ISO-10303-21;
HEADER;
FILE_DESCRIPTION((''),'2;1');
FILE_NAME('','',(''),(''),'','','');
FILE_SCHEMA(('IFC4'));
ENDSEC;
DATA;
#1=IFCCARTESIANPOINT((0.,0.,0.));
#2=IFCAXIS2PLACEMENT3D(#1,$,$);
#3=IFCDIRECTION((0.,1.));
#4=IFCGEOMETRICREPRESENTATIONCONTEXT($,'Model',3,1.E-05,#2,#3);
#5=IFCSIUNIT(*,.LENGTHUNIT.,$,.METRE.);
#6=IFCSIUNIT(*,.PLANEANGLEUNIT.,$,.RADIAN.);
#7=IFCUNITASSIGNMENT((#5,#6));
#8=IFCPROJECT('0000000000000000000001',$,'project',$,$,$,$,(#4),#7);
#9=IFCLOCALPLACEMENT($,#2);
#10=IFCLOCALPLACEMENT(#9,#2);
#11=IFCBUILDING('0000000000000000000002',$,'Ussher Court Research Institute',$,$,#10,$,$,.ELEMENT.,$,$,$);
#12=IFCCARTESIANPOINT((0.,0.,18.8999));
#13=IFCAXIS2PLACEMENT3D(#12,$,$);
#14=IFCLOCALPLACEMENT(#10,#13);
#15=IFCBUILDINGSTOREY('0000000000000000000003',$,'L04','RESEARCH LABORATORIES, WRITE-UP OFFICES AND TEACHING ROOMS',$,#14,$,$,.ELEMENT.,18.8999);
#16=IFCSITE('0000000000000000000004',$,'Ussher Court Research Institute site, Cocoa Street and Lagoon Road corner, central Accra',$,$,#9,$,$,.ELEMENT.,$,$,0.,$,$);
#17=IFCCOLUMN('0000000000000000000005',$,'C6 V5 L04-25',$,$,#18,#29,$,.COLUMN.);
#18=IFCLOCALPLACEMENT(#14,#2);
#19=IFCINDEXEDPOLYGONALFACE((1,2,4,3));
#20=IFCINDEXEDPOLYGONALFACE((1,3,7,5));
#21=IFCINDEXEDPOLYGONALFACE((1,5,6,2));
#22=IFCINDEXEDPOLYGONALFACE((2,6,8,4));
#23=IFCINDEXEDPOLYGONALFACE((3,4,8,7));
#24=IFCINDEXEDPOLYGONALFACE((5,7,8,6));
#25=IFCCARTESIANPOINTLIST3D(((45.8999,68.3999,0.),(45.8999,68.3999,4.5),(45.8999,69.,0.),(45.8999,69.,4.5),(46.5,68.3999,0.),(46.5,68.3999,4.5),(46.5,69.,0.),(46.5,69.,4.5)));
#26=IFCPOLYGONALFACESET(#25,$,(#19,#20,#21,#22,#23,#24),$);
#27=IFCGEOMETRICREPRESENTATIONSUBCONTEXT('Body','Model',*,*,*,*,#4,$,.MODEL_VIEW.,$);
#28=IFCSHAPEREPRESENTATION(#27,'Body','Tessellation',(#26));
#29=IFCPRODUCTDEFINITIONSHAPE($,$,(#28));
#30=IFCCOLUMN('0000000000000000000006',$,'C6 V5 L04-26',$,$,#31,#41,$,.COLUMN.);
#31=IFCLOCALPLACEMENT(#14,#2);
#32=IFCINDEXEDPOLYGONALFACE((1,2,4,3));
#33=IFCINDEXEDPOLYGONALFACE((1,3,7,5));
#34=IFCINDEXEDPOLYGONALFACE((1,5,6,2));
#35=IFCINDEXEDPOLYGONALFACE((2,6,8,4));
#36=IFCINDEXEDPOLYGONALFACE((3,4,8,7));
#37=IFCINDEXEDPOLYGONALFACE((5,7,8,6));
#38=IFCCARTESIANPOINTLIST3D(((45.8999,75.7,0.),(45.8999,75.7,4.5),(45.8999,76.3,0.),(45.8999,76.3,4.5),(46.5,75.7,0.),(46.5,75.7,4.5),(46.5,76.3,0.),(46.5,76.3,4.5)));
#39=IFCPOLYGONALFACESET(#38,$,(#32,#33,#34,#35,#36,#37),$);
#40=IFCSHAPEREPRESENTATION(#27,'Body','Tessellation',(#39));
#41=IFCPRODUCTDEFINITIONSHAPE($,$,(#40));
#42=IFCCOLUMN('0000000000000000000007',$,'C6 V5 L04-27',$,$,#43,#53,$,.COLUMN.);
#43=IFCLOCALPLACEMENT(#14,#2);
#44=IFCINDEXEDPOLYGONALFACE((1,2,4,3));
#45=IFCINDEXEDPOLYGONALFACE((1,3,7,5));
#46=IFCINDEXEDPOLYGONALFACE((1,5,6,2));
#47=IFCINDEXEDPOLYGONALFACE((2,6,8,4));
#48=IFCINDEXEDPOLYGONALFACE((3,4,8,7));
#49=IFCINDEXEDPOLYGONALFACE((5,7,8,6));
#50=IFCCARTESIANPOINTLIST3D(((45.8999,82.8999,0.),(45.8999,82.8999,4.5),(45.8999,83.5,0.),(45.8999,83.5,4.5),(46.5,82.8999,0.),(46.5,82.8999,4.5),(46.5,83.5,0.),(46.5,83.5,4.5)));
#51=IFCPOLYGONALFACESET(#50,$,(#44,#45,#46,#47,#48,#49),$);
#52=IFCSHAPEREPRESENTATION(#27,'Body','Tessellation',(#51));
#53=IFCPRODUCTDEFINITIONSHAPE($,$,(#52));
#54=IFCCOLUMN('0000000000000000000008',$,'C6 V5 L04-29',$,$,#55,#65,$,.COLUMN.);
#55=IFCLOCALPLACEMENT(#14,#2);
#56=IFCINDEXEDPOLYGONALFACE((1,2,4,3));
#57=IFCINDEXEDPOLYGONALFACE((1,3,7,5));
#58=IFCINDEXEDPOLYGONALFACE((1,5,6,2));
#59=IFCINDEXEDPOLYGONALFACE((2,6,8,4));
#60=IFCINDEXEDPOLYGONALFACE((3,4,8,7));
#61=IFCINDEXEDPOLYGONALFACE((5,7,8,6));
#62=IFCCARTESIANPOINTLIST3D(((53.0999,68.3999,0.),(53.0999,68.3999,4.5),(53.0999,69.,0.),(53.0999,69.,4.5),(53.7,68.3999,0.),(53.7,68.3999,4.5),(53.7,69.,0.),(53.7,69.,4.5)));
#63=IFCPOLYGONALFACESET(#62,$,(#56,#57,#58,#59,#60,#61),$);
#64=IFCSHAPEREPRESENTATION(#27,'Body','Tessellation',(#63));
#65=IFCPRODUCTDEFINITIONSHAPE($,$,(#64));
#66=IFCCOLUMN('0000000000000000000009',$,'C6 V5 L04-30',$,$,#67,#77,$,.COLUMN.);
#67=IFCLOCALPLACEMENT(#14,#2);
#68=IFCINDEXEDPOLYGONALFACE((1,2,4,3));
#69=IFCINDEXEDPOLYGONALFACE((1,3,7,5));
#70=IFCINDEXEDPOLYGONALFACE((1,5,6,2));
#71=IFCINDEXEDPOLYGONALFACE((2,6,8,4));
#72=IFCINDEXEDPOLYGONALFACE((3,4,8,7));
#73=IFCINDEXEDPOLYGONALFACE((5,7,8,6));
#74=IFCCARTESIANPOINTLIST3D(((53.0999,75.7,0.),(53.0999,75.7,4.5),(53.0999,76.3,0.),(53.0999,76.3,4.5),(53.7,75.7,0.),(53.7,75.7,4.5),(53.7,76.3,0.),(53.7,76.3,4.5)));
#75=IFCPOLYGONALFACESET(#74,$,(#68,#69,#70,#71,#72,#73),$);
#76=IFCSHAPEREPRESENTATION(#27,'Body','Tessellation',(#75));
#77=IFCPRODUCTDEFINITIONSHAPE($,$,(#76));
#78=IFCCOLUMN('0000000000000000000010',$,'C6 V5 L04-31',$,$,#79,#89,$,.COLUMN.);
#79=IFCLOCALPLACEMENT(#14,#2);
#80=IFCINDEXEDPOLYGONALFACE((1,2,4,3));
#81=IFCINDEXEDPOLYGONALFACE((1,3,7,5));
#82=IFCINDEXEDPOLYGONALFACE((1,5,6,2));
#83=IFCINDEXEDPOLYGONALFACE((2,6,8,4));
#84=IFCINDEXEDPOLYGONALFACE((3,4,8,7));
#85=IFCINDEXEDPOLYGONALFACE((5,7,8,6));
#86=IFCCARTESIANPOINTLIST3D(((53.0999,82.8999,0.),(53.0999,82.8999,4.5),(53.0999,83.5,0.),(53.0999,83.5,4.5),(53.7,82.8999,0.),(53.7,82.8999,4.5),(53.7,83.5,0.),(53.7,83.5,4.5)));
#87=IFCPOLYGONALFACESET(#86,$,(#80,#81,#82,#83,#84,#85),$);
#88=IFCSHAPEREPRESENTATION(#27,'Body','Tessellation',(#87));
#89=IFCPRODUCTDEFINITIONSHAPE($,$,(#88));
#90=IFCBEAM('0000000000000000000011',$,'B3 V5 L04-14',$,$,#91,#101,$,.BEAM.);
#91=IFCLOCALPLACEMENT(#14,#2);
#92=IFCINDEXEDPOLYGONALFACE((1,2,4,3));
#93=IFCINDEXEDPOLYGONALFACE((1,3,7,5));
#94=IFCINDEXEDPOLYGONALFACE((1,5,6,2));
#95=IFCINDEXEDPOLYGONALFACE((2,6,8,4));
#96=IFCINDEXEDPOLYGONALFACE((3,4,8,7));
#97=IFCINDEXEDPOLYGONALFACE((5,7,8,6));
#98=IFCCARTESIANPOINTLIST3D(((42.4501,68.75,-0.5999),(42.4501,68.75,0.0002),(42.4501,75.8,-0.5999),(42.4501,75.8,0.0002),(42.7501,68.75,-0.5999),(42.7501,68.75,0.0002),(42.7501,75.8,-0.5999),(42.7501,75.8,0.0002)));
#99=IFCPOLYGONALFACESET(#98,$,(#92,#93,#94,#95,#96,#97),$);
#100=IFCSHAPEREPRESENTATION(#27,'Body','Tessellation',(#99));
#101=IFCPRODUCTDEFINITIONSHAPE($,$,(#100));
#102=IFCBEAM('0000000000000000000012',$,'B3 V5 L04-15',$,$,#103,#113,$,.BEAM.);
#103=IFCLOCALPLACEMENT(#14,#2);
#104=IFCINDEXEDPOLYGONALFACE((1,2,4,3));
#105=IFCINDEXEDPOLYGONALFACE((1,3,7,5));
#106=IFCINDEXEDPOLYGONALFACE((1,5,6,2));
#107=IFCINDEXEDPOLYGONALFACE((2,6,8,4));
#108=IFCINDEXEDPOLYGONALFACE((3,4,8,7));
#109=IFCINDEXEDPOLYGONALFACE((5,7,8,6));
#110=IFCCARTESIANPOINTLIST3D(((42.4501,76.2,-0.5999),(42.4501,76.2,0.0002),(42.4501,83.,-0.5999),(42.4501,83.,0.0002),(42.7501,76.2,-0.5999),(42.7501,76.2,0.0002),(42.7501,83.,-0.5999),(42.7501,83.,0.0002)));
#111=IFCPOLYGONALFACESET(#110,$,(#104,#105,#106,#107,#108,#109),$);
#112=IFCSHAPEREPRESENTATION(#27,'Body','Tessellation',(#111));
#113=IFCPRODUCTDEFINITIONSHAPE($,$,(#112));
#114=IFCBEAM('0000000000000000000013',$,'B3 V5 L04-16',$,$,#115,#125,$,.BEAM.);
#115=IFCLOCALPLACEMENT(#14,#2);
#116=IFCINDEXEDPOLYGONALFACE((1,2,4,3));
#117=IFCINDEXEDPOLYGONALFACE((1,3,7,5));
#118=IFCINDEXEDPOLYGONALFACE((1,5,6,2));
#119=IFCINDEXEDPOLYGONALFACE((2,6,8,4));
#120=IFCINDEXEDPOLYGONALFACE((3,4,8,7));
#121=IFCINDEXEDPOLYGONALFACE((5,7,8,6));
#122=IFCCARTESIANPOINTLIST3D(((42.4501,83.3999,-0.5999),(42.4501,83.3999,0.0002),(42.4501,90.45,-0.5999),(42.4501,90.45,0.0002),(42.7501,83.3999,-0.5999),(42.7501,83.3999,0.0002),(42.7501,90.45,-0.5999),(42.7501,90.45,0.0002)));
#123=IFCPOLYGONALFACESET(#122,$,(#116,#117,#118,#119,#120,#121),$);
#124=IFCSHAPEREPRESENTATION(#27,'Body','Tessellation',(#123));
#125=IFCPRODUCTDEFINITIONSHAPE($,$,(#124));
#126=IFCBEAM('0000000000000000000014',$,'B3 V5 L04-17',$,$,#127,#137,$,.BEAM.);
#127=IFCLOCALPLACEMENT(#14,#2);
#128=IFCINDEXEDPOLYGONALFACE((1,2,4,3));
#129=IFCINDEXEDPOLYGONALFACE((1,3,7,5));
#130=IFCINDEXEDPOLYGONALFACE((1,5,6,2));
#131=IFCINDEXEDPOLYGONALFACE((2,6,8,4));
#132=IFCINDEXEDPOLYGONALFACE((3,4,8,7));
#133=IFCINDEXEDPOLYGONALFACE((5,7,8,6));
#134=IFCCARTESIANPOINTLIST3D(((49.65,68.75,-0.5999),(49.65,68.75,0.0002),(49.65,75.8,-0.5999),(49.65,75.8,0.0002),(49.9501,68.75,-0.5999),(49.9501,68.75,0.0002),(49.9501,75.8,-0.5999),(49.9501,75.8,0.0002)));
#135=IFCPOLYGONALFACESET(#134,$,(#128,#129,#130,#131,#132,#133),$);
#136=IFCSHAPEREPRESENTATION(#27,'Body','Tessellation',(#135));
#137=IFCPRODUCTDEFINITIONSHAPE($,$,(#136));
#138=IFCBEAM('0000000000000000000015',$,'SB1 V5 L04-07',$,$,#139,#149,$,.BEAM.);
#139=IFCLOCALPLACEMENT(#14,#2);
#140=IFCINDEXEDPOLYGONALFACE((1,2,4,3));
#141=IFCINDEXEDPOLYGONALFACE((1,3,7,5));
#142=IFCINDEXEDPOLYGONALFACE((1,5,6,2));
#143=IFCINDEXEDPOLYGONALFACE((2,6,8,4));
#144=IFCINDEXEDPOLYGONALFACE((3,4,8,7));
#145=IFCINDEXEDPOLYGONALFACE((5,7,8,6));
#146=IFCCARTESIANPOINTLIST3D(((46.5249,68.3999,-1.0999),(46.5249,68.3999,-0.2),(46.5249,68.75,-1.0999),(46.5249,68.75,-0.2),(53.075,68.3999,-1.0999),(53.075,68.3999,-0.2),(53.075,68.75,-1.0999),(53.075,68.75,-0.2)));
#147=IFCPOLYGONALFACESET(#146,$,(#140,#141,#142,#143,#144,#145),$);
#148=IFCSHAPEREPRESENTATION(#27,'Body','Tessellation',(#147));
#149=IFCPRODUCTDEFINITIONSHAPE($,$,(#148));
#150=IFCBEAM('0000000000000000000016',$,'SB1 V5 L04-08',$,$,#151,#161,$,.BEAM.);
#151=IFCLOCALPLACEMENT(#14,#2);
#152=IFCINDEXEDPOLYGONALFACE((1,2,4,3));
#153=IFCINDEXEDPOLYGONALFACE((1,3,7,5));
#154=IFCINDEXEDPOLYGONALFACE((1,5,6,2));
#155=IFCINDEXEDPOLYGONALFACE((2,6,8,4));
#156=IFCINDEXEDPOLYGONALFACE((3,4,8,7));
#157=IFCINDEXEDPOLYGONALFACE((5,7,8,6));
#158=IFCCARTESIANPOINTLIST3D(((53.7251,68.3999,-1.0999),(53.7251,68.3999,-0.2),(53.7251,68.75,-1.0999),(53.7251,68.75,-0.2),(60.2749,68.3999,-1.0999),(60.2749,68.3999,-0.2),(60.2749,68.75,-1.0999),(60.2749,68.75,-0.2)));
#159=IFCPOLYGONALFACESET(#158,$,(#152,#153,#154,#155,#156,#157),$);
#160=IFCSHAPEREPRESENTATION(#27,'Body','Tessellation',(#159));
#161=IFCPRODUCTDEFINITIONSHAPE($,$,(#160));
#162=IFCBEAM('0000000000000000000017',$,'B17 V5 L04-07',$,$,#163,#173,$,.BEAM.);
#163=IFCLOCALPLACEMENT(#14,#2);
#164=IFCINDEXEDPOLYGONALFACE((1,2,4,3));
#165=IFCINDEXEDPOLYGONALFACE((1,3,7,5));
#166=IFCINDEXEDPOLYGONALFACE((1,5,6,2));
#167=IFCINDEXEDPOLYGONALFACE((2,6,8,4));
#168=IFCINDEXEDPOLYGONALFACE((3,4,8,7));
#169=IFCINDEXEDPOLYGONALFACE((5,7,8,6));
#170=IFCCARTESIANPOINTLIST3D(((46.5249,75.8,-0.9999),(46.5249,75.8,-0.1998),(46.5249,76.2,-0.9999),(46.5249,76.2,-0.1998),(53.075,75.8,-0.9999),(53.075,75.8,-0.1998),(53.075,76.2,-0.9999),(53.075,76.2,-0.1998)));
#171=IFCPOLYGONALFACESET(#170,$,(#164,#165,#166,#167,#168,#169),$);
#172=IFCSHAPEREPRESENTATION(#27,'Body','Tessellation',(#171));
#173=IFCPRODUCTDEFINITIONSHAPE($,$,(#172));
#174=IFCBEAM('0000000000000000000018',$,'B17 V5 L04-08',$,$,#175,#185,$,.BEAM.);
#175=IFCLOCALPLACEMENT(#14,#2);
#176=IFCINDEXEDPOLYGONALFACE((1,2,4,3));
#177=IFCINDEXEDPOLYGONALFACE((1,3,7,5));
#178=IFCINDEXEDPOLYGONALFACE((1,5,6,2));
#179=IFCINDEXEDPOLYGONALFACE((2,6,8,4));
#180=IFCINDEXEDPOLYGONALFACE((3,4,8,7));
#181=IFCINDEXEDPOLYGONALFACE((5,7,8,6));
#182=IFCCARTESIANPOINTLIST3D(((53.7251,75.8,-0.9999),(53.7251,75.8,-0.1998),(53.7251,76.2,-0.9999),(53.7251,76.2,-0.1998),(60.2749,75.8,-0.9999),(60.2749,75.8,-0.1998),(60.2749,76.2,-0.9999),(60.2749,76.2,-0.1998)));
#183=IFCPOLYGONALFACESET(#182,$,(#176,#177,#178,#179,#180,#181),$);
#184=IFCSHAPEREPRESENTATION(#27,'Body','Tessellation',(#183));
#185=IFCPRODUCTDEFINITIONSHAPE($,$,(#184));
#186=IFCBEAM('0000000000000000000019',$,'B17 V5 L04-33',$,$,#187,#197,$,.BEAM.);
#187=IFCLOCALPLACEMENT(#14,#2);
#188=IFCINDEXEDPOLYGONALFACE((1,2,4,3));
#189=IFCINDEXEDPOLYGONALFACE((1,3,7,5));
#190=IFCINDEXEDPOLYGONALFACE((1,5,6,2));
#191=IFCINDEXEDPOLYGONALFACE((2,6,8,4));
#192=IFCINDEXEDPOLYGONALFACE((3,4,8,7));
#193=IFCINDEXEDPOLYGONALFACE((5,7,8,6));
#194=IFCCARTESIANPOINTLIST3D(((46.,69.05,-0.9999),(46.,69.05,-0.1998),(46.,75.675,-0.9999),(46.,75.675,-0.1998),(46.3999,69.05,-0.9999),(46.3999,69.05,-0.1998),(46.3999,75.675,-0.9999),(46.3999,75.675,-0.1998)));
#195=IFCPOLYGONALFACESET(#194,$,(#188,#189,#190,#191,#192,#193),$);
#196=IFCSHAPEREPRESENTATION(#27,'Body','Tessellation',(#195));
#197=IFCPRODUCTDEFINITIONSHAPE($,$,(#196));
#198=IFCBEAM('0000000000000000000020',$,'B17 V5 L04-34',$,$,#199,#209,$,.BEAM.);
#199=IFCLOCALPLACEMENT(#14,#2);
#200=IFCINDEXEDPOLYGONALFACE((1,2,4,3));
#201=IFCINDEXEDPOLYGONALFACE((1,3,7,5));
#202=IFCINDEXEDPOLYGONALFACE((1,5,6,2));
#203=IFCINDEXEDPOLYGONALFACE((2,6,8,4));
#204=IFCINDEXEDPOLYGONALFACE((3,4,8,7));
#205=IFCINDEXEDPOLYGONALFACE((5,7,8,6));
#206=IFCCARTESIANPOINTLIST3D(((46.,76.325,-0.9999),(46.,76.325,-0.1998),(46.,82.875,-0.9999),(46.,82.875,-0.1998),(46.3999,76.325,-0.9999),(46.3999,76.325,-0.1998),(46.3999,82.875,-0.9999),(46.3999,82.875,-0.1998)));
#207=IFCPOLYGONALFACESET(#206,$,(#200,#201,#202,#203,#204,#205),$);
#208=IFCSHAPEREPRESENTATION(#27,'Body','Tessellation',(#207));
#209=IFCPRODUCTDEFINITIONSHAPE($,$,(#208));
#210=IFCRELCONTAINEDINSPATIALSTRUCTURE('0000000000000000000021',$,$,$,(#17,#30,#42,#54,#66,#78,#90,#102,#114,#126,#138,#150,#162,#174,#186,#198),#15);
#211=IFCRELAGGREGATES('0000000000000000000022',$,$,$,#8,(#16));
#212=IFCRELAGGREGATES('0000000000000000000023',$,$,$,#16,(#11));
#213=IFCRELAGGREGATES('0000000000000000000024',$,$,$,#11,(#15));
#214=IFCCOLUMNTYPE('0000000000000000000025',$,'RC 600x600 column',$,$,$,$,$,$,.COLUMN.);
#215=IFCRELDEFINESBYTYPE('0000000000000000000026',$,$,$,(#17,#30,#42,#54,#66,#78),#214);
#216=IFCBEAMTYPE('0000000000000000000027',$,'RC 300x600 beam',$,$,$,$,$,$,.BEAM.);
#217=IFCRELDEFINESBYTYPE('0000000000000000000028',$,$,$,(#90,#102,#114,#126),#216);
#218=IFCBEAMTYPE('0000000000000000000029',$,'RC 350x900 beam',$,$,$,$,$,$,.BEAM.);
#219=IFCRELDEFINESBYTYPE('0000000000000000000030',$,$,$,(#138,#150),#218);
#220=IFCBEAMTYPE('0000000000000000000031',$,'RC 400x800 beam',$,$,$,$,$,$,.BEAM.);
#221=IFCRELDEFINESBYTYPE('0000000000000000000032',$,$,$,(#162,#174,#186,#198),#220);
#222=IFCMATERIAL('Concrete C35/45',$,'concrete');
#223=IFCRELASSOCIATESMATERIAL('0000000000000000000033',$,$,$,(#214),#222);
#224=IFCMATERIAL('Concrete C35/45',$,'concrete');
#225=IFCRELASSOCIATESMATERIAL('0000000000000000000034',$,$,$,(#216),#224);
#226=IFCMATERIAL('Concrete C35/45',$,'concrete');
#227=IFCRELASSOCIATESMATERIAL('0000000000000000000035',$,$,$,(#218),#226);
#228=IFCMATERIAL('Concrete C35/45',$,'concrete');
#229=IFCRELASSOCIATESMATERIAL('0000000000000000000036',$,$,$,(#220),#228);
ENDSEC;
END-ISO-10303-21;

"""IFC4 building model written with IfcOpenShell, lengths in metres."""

from ifc_helpers import new_model, si_unit, direction, frame, origin, origin_2d, place, context, subcontext, project, spatial, rectangle, extrude, material, material_profile, profile_set, type_object, element, save


model = new_model("IFC4")

# Units and contexts
model_context = context("Model", 3, precision=1e-05, world=origin(), true_north=direction((0.0, 1.0)))
body_context = subcontext(model_context, "Body", "Model", "MODEL_VIEW")
ifc_project = project(units=[si_unit("LENGTHUNIT", "METRE"), si_unit("PLANEANGLEUNIT", "RADIAN")], contexts=[model_context])

# Site, building, storey
site_placement = place(None, origin())
site = spatial("IfcSite", under=ifc_project, at=site_placement, Name="Ussher Court Research Institute site, Cocoa Street and Lagoon Road corner, central Accra", CompositionType="ELEMENT", RefElevation=0.0)
building_placement = place(site_placement, origin())
building = spatial("IfcBuilding", under=site, at=building_placement, Name="Ussher Court Research Institute", CompositionType="ELEMENT")
storey_placement = place(building_placement, frame((0.0, 0.0, 18.8999)))
storey = spatial("IfcBuildingStorey", under=building, at=storey_placement, Name="L04", Description="RESEARCH LABORATORIES, WRITE-UP OFFICES AND TEACHING ROOMS", CompositionType="ELEMENT", Elevation=18.8999)

# Columns
ifc_material_1 = material(Name="Concrete C35/45", Category="concrete")
ifc_material_profile_1 = material_profile(ifc_material_1, rectangle(XDim=0.6001, YDim=0.6001, at=origin_2d()), Name="RC 600x600")
ifc_profile_set_1 = profile_set([ifc_material_profile_1], Name="Concrete C35/45")
column_type = type_object("IfcColumnType", Name="RC 600x600 column", PredefinedType="COLUMN", material=ifc_profile_set_1)
for number, where, z_axis, x_axis, name in (
    (1, (46.2, 68.7, 0.0), (0.0, 0.0, 1.0), (1.0, 0.0, 0.0), "C6 V5 L04-25"),
    (2, (46.2, 76.0, 0.0), (0.0, 0.0, 1.0), (1.0, 0.0, 0.0), "C6 V5 L04-26"),
    (3, (46.2, 83.2, 0.0), (0.0, 0.0, 1.0), (1.0, 0.0, 0.0), "C6 V5 L04-27"),
    (4, (53.3999, 68.7, 0.0), (0.0, 0.0, 1.0), (1.0, 0.0, 0.0), "C6 V5 L04-29"),
    (5, (53.3999, 76.0, 0.0), (0.0, 0.0, 1.0), (1.0, 0.0, 0.0), "C6 V5 L04-30"),
    (6, (53.3999, 83.2, 0.0), (0.0, 0.0, 1.0), (1.0, 0.0, 0.0), "C6 V5 L04-31"),
):
    element("IfcColumn", number, at=place(storey_placement, frame(where, z_axis=z_axis, x_axis=x_axis)), inside=storey, type_object=column_type, Name=name, PredefinedType="COLUMN", context=body_context, shape_type="SweptSolid", body=[
        extrude(rectangle(XDim=0.6001, YDim=0.6001, at=origin_2d()), origin(), (0.0, 0.0, 1.0), 4.5),
    ])

# Beams
ifc_material_2 = material(Name="Concrete C35/45", Category="concrete")
ifc_material_profile_2 = material_profile(ifc_material_2, rectangle(XDim=0.3, YDim=0.6001, at=origin_2d()), Name="RC 300x600")
ifc_profile_set_2 = profile_set([ifc_material_profile_2], Name="Concrete C35/45")
beam_type_1 = type_object("IfcBeamType", Name="RC 300x600 beam", PredefinedType="BEAM", material=ifc_profile_set_2)
beam_1_placement = place(storey_placement, frame((42.6001, 68.75, -0.2998), z_axis=(0.0, 1.0, 0.0), x_axis=(-1.0, 0.0, 0.0)))
element("IfcBeam", 7, at=beam_1_placement, inside=storey, type_object=beam_type_1, Name="B3 V5 L04-14", PredefinedType="BEAM", context=body_context, shape_type="SweptSolid", body=[
    extrude(rectangle(XDim=0.3, YDim=0.6001, at=origin_2d()), origin(), (0.0, 0.0, 1.0), 7.05),
])
beam_2_placement = place(storey_placement, frame((42.6001, 76.2, -0.2998), z_axis=(0.0, 1.0, 0.0), x_axis=(-1.0, 0.0, 0.0)))
element("IfcBeam", 8, at=beam_2_placement, inside=storey, type_object=beam_type_1, Name="B3 V5 L04-15", PredefinedType="BEAM", context=body_context, shape_type="SweptSolid", body=[
    extrude(rectangle(XDim=0.3, YDim=0.6001, at=origin_2d()), origin(), (0.0, 0.0, 1.0), 6.8),
])
for number, where, z_axis, x_axis, name in (
    (9, (42.6001, 83.3999, -0.2998), (0.0, 1.0, 0.0), (-1.0, 0.0, 0.0), "B3 V5 L04-16"),
    (10, (49.8, 68.75, -0.2998), (0.0, 1.0, 0.0), (-1.0, 0.0, 0.0), "B3 V5 L04-17"),
):
    element("IfcBeam", number, at=place(storey_placement, frame(where, z_axis=z_axis, x_axis=x_axis)), inside=storey, type_object=beam_type_1, Name=name, PredefinedType="BEAM", context=body_context, shape_type="SweptSolid", body=[
        extrude(rectangle(XDim=0.3, YDim=0.6001, at=origin_2d()), origin(), (0.0, 0.0, 1.0), 7.05),
    ])
ifc_material_3 = material(Name="Concrete C35/45", Category="concrete")
ifc_material_profile_3 = material_profile(ifc_material_3, rectangle(XDim=0.3501, YDim=0.8999, at=origin_2d()), Name="RC 350x900")
ifc_profile_set_3 = profile_set([ifc_material_profile_3], Name="Concrete C35/45")
beam_type_2 = type_object("IfcBeamType", Name="RC 350x900 beam", PredefinedType="BEAM", material=ifc_profile_set_3)
beam_3_placement = place(storey_placement, frame((46.5249, 68.575, -0.6499), z_axis=(1.0, 0.0, 0.0), x_axis=(0.0, 1.0, 0.0)))
element("IfcBeam", 11, at=beam_3_placement, inside=storey, type_object=beam_type_2, Name="SB1 V5 L04-07", PredefinedType="BEAM", context=body_context, shape_type="SweptSolid", body=[
    extrude(rectangle(XDim=0.3501, YDim=0.8999, at=origin_2d()), origin(), (0.0, 0.0, 1.0), 6.55),
])
beam_4_placement = place(storey_placement, frame((53.7251, 68.575, -0.6499), z_axis=(1.0, 0.0, 0.0), x_axis=(0.0, 1.0, 0.0)))
element("IfcBeam", 12, at=beam_4_placement, inside=storey, type_object=beam_type_2, Name="SB1 V5 L04-08", PredefinedType="BEAM", context=body_context, shape_type="SweptSolid", body=[
    extrude(rectangle(XDim=0.3501, YDim=0.8999, at=origin_2d()), origin(), (0.0, 0.0, 1.0), 6.5498),
])
ifc_material_4 = material(Name="Concrete C35/45", Category="concrete")
ifc_material_profile_4 = material_profile(ifc_material_4, rectangle(XDim=0.3999, YDim=0.8, at=origin_2d()), Name="RC 400x800")
ifc_profile_set_4 = profile_set([ifc_material_profile_4], Name="Concrete C35/45")
beam_type_3 = type_object("IfcBeamType", Name="RC 400x800 beam", PredefinedType="BEAM", material=ifc_profile_set_4)
beam_5_placement = place(storey_placement, frame((46.5249, 76.0, -0.5999), z_axis=(1.0, 0.0, 0.0), x_axis=(0.0, 1.0, 0.0)))
element("IfcBeam", 13, at=beam_5_placement, inside=storey, type_object=beam_type_3, Name="B17 V5 L04-07", PredefinedType="BEAM", context=body_context, shape_type="SweptSolid", body=[
    extrude(rectangle(XDim=0.3999, YDim=0.8, at=origin_2d()), origin(), (0.0, 0.0, 1.0), 6.55),
])
beam_6_placement = place(storey_placement, frame((53.7251, 76.0, -0.5999), z_axis=(1.0, 0.0, 0.0), x_axis=(0.0, 1.0, 0.0)))
element("IfcBeam", 14, at=beam_6_placement, inside=storey, type_object=beam_type_3, Name="B17 V5 L04-08", PredefinedType="BEAM", context=body_context, shape_type="SweptSolid", body=[
    extrude(rectangle(XDim=0.3999, YDim=0.8, at=origin_2d()), origin(), (0.0, 0.0, 1.0), 6.5498),
])
beam_7_placement = place(storey_placement, frame((46.2, 69.05, -0.5999), z_axis=(0.0, 1.0, 0.0), x_axis=(-1.0, 0.0, 0.0)))
element("IfcBeam", 15, at=beam_7_placement, inside=storey, type_object=beam_type_3, Name="B17 V5 L04-33", PredefinedType="BEAM", context=body_context, shape_type="SweptSolid", body=[
    extrude(rectangle(XDim=0.3999, YDim=0.8, at=origin_2d()), origin(), (0.0, 0.0, 1.0), 6.625),
])
beam_8_placement = place(storey_placement, frame((46.2, 76.325, -0.5999), z_axis=(0.0, 1.0, 0.0), x_axis=(-1.0, 0.0, 0.0)))
element("IfcBeam", 16, at=beam_8_placement, inside=storey, type_object=beam_type_3, Name="B17 V5 L04-34", PredefinedType="BEAM", context=body_context, shape_type="SweptSolid", body=[
    extrude(rectangle(XDim=0.3999, YDim=0.8, at=origin_2d()), origin(), (0.0, 0.0, 1.0), 6.55),
])

save(model, "model.ifc")
